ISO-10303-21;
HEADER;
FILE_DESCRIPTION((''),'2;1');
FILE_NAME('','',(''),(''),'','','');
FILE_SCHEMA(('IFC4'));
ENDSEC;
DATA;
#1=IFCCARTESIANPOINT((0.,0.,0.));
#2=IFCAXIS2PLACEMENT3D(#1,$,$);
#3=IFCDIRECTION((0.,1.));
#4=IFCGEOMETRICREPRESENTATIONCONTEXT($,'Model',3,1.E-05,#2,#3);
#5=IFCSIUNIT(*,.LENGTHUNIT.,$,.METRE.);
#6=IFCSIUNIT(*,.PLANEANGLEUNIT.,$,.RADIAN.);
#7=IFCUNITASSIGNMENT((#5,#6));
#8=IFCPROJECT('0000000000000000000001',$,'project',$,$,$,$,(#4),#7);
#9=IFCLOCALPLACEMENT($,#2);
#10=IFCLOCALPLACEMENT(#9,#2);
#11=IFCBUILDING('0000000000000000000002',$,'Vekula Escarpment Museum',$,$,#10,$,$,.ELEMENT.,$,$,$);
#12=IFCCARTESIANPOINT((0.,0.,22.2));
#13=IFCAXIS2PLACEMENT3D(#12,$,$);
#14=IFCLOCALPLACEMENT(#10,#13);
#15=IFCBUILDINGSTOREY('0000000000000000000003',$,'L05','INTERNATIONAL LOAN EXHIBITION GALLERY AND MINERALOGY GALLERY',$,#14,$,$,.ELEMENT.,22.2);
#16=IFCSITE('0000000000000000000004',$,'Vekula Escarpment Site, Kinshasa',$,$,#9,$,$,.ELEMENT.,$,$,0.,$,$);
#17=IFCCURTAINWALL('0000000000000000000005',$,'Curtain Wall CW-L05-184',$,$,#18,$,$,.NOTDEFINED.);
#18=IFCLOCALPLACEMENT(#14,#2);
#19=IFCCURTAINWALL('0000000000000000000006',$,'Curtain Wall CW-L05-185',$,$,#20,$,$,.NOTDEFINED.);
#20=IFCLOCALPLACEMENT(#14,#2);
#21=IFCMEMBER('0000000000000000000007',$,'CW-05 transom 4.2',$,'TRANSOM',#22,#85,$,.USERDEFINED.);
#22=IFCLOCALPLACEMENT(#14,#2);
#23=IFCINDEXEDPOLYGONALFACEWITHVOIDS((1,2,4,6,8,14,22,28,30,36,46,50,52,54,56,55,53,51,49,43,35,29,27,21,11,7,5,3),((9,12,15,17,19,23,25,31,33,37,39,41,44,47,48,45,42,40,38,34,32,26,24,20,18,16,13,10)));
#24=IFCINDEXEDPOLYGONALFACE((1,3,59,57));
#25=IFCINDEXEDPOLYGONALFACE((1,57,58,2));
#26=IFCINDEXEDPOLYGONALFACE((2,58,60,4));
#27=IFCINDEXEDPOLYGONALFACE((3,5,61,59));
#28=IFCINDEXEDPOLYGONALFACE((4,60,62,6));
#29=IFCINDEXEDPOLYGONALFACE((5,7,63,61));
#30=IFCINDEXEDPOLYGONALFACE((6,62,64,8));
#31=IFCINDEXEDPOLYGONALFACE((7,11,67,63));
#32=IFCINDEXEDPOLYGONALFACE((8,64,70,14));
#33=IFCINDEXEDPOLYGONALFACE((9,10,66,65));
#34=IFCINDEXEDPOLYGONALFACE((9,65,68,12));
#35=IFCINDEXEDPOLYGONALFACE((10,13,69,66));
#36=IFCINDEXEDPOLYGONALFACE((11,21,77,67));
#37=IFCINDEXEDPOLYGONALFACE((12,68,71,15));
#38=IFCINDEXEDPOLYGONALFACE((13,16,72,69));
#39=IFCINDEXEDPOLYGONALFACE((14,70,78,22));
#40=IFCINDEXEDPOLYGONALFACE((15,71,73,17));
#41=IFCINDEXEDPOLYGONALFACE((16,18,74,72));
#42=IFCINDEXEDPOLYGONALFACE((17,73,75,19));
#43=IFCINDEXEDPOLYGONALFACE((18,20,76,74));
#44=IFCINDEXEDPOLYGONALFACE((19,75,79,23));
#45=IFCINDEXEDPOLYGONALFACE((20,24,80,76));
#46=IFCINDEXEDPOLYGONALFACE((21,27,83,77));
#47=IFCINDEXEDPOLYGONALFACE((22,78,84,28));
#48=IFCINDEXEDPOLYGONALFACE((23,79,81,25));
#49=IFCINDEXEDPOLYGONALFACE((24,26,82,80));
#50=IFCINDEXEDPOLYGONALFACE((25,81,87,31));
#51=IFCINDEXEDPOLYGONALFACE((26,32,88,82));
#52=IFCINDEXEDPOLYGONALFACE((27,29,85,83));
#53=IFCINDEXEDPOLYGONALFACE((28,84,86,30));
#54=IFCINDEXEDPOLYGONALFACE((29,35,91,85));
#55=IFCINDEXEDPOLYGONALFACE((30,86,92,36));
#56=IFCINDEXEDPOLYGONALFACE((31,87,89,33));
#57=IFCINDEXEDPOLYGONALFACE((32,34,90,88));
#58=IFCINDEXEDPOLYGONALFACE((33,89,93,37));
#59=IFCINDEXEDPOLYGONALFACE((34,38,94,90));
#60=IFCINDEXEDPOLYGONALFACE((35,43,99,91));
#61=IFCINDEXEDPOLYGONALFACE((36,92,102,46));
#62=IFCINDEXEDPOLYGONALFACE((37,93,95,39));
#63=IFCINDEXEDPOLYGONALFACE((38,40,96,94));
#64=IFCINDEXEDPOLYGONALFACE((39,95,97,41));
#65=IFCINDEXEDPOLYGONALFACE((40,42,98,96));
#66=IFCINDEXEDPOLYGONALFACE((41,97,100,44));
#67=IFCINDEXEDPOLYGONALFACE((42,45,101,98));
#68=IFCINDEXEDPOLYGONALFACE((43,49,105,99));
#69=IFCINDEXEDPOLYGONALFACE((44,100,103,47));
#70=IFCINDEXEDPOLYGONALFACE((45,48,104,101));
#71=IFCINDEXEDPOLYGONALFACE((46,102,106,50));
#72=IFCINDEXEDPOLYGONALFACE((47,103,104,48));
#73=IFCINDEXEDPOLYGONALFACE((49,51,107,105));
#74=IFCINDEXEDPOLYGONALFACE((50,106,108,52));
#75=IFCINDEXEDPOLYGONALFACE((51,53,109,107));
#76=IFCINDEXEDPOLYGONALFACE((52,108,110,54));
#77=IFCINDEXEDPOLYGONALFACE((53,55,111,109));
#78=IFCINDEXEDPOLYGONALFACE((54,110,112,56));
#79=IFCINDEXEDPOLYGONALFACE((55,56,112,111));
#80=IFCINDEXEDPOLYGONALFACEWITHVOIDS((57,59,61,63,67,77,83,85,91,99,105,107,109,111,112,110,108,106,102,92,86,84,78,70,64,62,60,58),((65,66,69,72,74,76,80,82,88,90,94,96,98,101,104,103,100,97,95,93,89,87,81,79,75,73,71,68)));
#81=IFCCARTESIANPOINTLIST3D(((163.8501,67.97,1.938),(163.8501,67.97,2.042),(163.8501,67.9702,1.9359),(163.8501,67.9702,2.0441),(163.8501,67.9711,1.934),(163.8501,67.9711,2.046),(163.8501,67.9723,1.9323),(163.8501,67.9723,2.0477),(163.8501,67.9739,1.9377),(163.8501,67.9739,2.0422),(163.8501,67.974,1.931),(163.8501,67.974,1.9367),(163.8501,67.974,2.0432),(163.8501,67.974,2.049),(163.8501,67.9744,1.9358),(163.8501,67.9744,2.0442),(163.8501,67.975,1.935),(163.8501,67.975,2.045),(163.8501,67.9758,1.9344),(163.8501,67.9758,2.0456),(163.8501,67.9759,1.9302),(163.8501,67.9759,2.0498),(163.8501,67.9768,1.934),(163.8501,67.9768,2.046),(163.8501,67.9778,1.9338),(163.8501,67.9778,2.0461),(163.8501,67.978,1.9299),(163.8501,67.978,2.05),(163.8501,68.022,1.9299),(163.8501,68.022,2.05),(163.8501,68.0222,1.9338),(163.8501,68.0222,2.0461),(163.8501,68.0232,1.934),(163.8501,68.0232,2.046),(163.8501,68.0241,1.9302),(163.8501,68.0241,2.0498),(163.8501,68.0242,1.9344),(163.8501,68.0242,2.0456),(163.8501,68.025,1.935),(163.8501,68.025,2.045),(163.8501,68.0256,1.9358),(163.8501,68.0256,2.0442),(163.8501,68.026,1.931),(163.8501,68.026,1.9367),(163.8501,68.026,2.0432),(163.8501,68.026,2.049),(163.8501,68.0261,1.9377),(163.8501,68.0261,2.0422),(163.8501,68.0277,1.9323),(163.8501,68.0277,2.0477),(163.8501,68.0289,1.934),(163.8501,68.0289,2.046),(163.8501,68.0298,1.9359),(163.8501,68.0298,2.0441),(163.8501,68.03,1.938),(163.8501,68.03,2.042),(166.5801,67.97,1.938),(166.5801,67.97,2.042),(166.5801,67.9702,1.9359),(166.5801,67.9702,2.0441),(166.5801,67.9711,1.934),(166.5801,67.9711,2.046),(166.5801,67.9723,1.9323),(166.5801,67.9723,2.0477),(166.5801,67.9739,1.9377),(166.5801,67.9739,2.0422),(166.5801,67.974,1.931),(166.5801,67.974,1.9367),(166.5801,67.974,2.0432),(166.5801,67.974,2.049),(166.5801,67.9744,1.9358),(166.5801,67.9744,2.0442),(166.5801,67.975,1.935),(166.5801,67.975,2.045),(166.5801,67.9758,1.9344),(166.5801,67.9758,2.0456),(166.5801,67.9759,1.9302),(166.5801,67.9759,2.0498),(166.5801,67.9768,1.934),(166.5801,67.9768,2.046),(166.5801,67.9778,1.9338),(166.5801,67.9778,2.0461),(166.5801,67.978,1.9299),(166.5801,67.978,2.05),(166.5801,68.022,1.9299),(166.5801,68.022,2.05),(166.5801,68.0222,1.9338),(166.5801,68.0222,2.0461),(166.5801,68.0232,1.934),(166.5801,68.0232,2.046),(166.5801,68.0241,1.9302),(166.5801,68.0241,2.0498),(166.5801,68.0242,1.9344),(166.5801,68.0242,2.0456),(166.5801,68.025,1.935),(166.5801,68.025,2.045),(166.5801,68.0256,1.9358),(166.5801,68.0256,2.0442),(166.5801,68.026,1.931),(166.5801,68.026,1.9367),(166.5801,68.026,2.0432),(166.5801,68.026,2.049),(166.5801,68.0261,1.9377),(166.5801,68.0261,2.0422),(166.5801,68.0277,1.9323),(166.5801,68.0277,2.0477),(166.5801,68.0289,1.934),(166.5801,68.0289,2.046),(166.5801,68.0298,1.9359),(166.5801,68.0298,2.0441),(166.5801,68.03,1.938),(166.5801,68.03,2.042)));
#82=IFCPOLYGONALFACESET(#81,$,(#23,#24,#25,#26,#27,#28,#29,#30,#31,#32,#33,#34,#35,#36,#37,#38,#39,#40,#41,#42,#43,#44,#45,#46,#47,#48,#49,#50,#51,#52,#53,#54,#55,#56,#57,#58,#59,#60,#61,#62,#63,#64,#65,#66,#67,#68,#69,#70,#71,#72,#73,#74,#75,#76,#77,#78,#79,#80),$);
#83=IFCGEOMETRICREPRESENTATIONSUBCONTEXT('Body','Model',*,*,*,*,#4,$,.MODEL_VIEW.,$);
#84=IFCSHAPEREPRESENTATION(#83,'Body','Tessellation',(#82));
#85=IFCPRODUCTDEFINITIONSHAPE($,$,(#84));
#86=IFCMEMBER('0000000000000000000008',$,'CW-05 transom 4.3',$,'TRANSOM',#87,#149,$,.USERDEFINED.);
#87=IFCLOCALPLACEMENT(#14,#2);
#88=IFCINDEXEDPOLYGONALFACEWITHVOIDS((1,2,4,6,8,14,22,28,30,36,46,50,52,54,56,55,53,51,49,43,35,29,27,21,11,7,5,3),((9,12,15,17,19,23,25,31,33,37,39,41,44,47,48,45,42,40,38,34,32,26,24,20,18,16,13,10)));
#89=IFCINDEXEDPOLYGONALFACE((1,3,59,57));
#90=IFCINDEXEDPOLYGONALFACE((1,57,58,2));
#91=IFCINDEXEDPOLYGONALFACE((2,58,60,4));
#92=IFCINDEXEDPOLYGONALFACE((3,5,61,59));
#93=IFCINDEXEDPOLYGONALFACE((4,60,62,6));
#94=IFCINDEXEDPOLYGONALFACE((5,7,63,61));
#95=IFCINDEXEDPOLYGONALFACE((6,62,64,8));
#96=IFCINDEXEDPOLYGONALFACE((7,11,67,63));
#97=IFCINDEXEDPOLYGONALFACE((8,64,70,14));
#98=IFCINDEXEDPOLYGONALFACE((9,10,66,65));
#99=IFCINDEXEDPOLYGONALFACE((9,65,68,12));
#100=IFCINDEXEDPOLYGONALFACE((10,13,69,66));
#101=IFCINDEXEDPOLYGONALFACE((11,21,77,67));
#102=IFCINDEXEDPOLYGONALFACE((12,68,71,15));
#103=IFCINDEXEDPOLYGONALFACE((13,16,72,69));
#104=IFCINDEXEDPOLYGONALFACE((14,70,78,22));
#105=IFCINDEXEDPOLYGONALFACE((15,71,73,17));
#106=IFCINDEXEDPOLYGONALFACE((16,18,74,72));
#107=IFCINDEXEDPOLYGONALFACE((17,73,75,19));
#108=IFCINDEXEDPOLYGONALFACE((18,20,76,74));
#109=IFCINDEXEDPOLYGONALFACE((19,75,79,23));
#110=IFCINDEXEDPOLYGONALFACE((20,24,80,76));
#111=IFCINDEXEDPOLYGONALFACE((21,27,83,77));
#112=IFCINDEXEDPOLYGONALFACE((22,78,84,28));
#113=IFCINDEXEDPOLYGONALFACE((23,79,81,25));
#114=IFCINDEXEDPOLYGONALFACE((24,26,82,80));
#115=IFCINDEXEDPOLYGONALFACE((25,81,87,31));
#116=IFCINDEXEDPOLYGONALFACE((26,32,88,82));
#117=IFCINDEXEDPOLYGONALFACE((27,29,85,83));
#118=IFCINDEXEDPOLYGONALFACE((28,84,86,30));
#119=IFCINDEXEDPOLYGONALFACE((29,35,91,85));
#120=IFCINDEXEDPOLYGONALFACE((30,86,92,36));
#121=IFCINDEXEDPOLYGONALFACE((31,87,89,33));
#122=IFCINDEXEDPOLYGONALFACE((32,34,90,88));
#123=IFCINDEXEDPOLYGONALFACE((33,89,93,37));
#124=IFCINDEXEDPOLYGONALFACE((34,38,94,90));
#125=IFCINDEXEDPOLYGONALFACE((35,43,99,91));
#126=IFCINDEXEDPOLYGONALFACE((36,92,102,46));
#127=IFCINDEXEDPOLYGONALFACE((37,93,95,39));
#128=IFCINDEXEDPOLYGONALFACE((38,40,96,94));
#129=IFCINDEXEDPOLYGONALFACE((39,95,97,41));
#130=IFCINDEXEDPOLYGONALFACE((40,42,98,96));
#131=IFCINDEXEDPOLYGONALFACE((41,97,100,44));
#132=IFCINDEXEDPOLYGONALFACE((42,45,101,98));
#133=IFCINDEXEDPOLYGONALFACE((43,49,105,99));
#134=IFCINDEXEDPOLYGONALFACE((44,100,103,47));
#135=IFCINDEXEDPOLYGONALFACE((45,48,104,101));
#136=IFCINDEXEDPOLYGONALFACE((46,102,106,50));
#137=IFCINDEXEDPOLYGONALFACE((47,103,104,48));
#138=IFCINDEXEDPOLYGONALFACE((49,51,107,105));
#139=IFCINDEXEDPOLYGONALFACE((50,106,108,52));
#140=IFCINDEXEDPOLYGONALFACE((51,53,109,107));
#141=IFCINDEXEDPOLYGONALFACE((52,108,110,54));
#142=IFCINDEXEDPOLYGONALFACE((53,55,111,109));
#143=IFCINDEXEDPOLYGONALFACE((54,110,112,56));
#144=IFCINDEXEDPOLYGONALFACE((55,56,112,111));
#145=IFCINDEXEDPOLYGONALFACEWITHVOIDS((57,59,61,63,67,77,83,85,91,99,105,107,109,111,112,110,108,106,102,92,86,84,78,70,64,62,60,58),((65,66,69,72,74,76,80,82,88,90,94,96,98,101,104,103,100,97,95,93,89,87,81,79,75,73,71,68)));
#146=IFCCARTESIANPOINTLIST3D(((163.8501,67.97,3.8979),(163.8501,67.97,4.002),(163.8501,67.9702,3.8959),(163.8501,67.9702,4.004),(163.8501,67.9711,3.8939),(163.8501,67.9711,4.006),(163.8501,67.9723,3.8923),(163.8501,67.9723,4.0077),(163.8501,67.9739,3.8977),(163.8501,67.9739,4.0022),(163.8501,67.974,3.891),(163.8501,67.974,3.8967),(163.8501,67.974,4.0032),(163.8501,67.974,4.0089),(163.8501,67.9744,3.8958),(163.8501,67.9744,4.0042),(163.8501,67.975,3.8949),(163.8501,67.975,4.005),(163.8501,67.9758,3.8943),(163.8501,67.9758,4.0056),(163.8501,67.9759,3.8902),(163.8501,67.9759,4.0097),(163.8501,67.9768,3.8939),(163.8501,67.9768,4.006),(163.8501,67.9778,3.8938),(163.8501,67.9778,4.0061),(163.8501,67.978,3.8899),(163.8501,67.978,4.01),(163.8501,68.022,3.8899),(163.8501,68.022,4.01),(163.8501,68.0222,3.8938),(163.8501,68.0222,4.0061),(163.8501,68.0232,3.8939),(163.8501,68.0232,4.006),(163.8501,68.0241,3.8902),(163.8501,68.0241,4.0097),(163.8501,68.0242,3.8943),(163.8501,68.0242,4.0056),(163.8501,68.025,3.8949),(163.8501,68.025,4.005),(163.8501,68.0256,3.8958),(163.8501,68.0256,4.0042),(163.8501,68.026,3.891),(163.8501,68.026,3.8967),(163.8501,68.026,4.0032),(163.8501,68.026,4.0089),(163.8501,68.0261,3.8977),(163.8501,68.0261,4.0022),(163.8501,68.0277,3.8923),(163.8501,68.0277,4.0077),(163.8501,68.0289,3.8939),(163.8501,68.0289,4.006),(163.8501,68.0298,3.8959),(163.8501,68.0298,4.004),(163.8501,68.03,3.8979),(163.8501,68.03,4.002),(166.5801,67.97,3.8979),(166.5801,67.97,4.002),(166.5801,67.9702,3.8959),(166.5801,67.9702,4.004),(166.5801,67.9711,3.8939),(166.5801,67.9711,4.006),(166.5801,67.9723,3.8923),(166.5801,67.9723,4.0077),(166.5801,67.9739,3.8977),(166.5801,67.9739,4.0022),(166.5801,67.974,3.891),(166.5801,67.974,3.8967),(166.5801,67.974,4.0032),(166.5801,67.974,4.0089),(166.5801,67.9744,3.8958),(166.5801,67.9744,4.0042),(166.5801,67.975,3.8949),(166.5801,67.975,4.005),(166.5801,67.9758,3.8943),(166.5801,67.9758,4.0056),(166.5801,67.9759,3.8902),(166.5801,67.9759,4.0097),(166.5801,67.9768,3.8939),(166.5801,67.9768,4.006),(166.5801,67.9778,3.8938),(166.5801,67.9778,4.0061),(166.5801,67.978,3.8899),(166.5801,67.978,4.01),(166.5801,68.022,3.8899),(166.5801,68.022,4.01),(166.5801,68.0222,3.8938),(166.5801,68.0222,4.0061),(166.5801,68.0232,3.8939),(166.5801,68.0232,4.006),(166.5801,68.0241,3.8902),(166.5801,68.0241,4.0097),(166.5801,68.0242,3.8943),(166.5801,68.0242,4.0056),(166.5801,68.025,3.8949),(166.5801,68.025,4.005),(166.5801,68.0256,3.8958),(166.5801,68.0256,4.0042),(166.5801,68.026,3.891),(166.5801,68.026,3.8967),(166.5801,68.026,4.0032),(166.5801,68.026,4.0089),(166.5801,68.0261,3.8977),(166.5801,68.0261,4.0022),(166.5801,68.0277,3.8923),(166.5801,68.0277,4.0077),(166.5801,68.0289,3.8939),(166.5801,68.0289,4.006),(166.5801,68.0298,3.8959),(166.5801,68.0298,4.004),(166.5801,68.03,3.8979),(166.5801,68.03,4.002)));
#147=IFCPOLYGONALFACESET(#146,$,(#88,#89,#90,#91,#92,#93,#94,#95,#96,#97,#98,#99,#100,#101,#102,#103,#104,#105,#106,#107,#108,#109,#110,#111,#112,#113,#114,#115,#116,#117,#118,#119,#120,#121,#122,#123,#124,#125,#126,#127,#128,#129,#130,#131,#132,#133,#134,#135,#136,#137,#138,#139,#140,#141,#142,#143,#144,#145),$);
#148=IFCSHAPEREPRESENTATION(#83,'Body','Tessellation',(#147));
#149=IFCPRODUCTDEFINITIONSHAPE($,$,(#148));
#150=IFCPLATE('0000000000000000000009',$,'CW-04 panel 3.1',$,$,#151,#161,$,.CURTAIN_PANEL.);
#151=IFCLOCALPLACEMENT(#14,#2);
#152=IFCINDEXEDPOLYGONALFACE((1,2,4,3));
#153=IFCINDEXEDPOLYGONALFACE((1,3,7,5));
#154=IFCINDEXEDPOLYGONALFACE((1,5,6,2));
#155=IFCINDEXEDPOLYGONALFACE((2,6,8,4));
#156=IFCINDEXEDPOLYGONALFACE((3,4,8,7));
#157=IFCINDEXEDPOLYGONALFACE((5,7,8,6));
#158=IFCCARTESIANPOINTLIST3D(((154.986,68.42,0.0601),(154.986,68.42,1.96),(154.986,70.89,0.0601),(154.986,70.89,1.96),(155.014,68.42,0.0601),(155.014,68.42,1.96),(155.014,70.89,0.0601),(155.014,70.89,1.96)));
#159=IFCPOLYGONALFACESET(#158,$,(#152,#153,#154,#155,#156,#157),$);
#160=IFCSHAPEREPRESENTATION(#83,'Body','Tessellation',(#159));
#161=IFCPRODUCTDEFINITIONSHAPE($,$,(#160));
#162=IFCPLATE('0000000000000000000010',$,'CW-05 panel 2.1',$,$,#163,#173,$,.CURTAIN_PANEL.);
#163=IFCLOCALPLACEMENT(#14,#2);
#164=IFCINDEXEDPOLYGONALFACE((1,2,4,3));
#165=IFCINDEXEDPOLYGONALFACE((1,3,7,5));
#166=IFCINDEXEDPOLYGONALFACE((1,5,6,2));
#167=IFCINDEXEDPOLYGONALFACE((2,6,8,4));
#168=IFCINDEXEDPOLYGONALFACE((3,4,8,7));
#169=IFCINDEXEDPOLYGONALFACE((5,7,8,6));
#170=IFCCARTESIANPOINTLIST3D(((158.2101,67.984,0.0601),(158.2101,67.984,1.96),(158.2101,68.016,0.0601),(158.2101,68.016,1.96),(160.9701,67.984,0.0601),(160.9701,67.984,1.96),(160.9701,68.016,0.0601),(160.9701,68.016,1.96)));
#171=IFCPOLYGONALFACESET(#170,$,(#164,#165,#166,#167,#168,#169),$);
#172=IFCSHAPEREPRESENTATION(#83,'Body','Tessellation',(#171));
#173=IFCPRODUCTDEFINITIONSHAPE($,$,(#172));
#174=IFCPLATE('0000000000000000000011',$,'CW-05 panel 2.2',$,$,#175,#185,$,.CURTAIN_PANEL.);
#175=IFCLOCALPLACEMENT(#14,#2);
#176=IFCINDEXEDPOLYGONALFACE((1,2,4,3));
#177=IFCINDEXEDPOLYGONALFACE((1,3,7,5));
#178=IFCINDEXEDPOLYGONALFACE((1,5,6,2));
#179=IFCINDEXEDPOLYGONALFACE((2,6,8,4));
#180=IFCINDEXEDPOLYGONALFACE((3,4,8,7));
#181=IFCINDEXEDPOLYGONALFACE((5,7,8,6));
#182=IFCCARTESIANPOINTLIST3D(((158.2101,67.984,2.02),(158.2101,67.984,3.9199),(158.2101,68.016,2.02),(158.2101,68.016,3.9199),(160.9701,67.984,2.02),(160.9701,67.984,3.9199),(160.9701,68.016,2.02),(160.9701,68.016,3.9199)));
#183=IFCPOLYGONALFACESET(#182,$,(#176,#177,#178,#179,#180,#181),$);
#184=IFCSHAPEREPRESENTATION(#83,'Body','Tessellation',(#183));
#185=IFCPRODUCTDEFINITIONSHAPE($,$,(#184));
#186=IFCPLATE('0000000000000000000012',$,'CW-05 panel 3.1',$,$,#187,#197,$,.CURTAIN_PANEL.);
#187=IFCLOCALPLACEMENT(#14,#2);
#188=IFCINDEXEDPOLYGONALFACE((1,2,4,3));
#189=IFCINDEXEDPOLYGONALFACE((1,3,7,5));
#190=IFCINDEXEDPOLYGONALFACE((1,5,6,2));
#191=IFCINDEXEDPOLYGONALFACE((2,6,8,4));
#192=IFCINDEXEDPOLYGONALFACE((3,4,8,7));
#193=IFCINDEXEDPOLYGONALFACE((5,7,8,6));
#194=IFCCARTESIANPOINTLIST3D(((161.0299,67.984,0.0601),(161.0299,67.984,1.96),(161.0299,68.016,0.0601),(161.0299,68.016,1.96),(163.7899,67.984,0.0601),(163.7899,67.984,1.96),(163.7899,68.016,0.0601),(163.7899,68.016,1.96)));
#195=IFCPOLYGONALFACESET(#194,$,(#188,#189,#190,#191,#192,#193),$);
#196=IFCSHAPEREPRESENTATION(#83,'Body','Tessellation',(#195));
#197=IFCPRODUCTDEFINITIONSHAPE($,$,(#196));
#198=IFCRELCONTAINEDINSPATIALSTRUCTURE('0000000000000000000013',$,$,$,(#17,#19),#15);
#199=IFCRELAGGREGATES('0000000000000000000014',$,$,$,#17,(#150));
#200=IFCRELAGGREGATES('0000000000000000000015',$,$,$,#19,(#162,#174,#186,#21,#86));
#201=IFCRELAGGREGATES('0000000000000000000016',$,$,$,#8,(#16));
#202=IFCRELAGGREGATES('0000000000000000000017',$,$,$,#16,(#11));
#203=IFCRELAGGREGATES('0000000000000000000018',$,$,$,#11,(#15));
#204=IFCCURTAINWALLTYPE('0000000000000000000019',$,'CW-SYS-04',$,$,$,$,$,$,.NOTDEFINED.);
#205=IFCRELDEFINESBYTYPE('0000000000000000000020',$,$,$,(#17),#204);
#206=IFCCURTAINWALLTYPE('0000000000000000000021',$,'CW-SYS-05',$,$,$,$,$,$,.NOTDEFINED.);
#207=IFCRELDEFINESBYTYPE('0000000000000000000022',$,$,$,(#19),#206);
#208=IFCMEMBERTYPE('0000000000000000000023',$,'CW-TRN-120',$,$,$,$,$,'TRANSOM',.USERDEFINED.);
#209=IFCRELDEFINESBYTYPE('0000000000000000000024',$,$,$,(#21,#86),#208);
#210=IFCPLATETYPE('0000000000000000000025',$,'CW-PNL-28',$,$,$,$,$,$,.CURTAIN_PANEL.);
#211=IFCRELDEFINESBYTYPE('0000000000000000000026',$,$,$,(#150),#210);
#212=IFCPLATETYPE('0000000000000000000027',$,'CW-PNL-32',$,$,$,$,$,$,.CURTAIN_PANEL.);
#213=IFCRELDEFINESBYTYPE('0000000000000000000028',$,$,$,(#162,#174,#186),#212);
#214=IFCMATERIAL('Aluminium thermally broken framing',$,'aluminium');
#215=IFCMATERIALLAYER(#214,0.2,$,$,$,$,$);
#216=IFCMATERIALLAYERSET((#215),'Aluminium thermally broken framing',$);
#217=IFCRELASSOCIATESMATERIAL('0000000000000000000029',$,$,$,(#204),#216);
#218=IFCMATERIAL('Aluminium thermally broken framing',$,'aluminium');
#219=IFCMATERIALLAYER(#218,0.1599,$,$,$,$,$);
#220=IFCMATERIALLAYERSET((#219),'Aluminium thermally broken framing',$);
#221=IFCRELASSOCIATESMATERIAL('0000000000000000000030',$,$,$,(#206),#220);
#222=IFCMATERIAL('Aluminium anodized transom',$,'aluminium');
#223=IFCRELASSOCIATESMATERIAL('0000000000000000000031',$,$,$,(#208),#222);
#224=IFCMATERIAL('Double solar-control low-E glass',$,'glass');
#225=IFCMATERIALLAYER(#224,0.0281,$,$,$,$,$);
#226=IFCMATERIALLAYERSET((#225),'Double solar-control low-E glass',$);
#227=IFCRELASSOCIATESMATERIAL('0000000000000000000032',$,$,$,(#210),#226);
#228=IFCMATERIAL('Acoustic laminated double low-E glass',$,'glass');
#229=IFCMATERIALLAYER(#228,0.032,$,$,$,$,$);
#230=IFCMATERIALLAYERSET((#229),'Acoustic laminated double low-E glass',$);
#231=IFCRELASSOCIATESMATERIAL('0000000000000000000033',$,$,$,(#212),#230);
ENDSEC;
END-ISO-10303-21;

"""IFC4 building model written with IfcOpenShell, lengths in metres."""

from ifc_helpers import new_model, si_unit, direction, frame, origin, origin_2d, place, context, subcontext, project, spatial, rectangle, hollow_rectangle, extrude, material, layer, layer_set, material_profile, profile_set, type_object, element, aggregate, save


model = new_model("IFC4")

# Units and contexts
model_context = context("Model", 3, precision=1e-05, world=origin(), true_north=direction((0.0, 1.0)))
body_context = subcontext(model_context, "Body", "Model", "MODEL_VIEW")
ifc_project = project(units=[si_unit("LENGTHUNIT", "METRE"), si_unit("PLANEANGLEUNIT", "RADIAN")], contexts=[model_context])

# Site, building, storey
site_placement = place(None, origin())
site = spatial("IfcSite", under=ifc_project, at=site_placement, Name="Vekula Escarpment Site, Kinshasa", CompositionType="ELEMENT", RefElevation=0.0)
building_placement = place(site_placement, origin())
building = spatial("IfcBuilding", under=site, at=building_placement, Name="Vekula Escarpment Museum", CompositionType="ELEMENT")
storey_placement = place(building_placement, frame((0.0, 0.0, 22.2)))
storey = spatial("IfcBuildingStorey", under=building, at=storey_placement, Name="L05", Description="INTERNATIONAL LOAN EXHIBITION GALLERY AND MINERALOGY GALLERY", CompositionType="ELEMENT", Elevation=22.2)

# Curtain wall
ifc_material_1 = material(Name="Aluminium thermally broken framing", Category="aluminium")
ifc_layer_1 = layer(ifc_material_1, 0.2)
ifc_layer_set_1 = layer_set([ifc_layer_1], Name="Aluminium thermally broken framing")
curtain_wall_type_1 = type_object("IfcCurtainWallType", Name="CW-SYS-04", PredefinedType="NOTDEFINED", material=ifc_layer_set_1)
curtain_wall_1_placement = place(storey_placement, origin())
curtain_wall_1 = element("IfcCurtainWall", 1, at=curtain_wall_1_placement, inside=storey, type_object=curtain_wall_type_1, Name="Curtain Wall CW-L05-184", PredefinedType="NOTDEFINED")

# Curtain wall, members
ifc_material_2 = material(Name="Aluminium thermally broken framing", Category="aluminium")
ifc_layer_2 = layer(ifc_material_2, 0.1599)
ifc_layer_set_2 = layer_set([ifc_layer_2], Name="Aluminium thermally broken framing")
curtain_wall_type_2 = type_object("IfcCurtainWallType", Name="CW-SYS-05", PredefinedType="NOTDEFINED", material=ifc_layer_set_2)
curtain_wall_2_placement = place(storey_placement, origin())
curtain_wall_2 = element("IfcCurtainWall", 2, at=curtain_wall_2_placement, inside=storey, type_object=curtain_wall_type_2, Name="Curtain Wall CW-L05-185", PredefinedType="NOTDEFINED")
ifc_material_3 = material(Name="Aluminium anodized transom", Category="aluminium")
ifc_material_profile_1 = material_profile(ifc_material_3, hollow_rectangle(XDim=0.0601, YDim=0.1201, WallThickness=0.0039, InnerFilletRadius=0.0039, OuterFilletRadius=0.0081, at=origin_2d()), Name="ALU 120x60x4")
ifc_profile_set_1 = profile_set([ifc_material_profile_1], Name="Aluminium anodized transom")
member_type_1 = type_object("IfcMemberType", Name="CW-TRN-120", ElementType="TRANSOM", PredefinedType="USERDEFINED", material=ifc_profile_set_1)
member_1_placement = place(storey_placement, frame((163.8501, 68.0, 1.99), z_axis=(1.0, 0.0, 0.0), x_axis=(0.0, 1.0, 0.0)))
member_1 = element("IfcMember", 3, at=member_1_placement, type_object=member_type_1, Name="CW-05 transom 4.2", ObjectType="TRANSOM", PredefinedType="USERDEFINED", context=body_context, shape_type="SweptSolid", body=[
    extrude(hollow_rectangle(XDim=0.0601, YDim=0.1201, WallThickness=0.0039, InnerFilletRadius=0.0039, OuterFilletRadius=0.0081, at=origin_2d()), origin(), (0.0, 0.0, 1.0), 2.73),
])
member_2_placement = place(storey_placement, frame((163.8501, 68.0, 3.95), z_axis=(1.0, 0.0, 0.0), x_axis=(0.0, 1.0, 0.0)))
member_2 = element("IfcMember", 4, at=member_2_placement, type_object=member_type_1, Name="CW-05 transom 4.3", ObjectType="TRANSOM", PredefinedType="USERDEFINED", context=body_context, shape_type="SweptSolid", body=[
    extrude(hollow_rectangle(XDim=0.0601, YDim=0.1201, WallThickness=0.0039, InnerFilletRadius=0.0039, OuterFilletRadius=0.0081, at=origin_2d()), origin(), (0.0, 0.0, 1.0), 2.73),
])

# Plates
ifc_material_4 = material(Name="Double solar-control low-E glass", Category="glass")
ifc_layer_3 = layer(ifc_material_4, 0.0281)
ifc_layer_set_3 = layer_set([ifc_layer_3], Name="Double solar-control low-E glass")
plate_type_1 = type_object("IfcPlateType", Name="CW-PNL-28", PredefinedType="CURTAIN_PANEL", material=ifc_layer_set_3)
plate_1_placement = place(storey_placement, frame((155.0, 69.655, 0.0601), z_axis=(0.0, 0.0, 1.0), x_axis=(0.0, -1.0, 0.0)))
plate_1 = element("IfcPlate", 5, at=plate_1_placement, type_object=plate_type_1, Name="CW-04 panel 3.1", PredefinedType="CURTAIN_PANEL", context=body_context, shape_type="SweptSolid", body=[
    extrude(rectangle(XDim=2.47, YDim=0.0281, at=origin_2d()), origin(), (0.0, 0.0, 1.0), 1.8999),
])
aggregate(curtain_wall_1, [plate_1])
ifc_material_5 = material(Name="Acoustic laminated double low-E glass", Category="glass")
ifc_layer_4 = layer(ifc_material_5, 0.032)
ifc_layer_set_4 = layer_set([ifc_layer_4], Name="Acoustic laminated double low-E glass")
plate_type_2 = type_object("IfcPlateType", Name="CW-PNL-32", PredefinedType="CURTAIN_PANEL", material=ifc_layer_set_4)
plate_2_placement = place(storey_placement, frame((159.5901, 68.0, 0.0601), z_axis=(0.0, 0.0, 1.0), x_axis=(1.0, 0.0, 0.0)))
plate_2 = element("IfcPlate", 6, at=plate_2_placement, type_object=plate_type_2, Name="CW-05 panel 2.1", PredefinedType="CURTAIN_PANEL", context=body_context, shape_type="SweptSolid", body=[
    extrude(rectangle(XDim=2.76, YDim=0.032, at=origin_2d()), origin(), (0.0, 0.0, 1.0), 1.8999),
])
plate_3_placement = place(storey_placement, frame((159.5901, 68.0, 2.02), z_axis=(0.0, 0.0, 1.0), x_axis=(1.0, 0.0, 0.0)))
plate_3 = element("IfcPlate", 7, at=plate_3_placement, type_object=plate_type_2, Name="CW-05 panel 2.2", PredefinedType="CURTAIN_PANEL", context=body_context, shape_type="SweptSolid", body=[
    extrude(rectangle(XDim=2.76, YDim=0.032, at=origin_2d()), origin(), (0.0, 0.0, 1.0), 1.8999),
])
plate_4_placement = place(storey_placement, frame((162.4099, 68.0, 0.0601), z_axis=(0.0, 0.0, 1.0), x_axis=(1.0, 0.0, 0.0)))
plate_4 = element("IfcPlate", 8, at=plate_4_placement, type_object=plate_type_2, Name="CW-05 panel 3.1", PredefinedType="CURTAIN_PANEL", context=body_context, shape_type="SweptSolid", body=[
    extrude(rectangle(XDim=2.76, YDim=0.032, at=origin_2d()), origin(), (0.0, 0.0, 1.0), 1.8999),
])
aggregate(curtain_wall_2, [plate_2, plate_3, plate_4, member_1, member_2])

save(model, "model.ifc")
